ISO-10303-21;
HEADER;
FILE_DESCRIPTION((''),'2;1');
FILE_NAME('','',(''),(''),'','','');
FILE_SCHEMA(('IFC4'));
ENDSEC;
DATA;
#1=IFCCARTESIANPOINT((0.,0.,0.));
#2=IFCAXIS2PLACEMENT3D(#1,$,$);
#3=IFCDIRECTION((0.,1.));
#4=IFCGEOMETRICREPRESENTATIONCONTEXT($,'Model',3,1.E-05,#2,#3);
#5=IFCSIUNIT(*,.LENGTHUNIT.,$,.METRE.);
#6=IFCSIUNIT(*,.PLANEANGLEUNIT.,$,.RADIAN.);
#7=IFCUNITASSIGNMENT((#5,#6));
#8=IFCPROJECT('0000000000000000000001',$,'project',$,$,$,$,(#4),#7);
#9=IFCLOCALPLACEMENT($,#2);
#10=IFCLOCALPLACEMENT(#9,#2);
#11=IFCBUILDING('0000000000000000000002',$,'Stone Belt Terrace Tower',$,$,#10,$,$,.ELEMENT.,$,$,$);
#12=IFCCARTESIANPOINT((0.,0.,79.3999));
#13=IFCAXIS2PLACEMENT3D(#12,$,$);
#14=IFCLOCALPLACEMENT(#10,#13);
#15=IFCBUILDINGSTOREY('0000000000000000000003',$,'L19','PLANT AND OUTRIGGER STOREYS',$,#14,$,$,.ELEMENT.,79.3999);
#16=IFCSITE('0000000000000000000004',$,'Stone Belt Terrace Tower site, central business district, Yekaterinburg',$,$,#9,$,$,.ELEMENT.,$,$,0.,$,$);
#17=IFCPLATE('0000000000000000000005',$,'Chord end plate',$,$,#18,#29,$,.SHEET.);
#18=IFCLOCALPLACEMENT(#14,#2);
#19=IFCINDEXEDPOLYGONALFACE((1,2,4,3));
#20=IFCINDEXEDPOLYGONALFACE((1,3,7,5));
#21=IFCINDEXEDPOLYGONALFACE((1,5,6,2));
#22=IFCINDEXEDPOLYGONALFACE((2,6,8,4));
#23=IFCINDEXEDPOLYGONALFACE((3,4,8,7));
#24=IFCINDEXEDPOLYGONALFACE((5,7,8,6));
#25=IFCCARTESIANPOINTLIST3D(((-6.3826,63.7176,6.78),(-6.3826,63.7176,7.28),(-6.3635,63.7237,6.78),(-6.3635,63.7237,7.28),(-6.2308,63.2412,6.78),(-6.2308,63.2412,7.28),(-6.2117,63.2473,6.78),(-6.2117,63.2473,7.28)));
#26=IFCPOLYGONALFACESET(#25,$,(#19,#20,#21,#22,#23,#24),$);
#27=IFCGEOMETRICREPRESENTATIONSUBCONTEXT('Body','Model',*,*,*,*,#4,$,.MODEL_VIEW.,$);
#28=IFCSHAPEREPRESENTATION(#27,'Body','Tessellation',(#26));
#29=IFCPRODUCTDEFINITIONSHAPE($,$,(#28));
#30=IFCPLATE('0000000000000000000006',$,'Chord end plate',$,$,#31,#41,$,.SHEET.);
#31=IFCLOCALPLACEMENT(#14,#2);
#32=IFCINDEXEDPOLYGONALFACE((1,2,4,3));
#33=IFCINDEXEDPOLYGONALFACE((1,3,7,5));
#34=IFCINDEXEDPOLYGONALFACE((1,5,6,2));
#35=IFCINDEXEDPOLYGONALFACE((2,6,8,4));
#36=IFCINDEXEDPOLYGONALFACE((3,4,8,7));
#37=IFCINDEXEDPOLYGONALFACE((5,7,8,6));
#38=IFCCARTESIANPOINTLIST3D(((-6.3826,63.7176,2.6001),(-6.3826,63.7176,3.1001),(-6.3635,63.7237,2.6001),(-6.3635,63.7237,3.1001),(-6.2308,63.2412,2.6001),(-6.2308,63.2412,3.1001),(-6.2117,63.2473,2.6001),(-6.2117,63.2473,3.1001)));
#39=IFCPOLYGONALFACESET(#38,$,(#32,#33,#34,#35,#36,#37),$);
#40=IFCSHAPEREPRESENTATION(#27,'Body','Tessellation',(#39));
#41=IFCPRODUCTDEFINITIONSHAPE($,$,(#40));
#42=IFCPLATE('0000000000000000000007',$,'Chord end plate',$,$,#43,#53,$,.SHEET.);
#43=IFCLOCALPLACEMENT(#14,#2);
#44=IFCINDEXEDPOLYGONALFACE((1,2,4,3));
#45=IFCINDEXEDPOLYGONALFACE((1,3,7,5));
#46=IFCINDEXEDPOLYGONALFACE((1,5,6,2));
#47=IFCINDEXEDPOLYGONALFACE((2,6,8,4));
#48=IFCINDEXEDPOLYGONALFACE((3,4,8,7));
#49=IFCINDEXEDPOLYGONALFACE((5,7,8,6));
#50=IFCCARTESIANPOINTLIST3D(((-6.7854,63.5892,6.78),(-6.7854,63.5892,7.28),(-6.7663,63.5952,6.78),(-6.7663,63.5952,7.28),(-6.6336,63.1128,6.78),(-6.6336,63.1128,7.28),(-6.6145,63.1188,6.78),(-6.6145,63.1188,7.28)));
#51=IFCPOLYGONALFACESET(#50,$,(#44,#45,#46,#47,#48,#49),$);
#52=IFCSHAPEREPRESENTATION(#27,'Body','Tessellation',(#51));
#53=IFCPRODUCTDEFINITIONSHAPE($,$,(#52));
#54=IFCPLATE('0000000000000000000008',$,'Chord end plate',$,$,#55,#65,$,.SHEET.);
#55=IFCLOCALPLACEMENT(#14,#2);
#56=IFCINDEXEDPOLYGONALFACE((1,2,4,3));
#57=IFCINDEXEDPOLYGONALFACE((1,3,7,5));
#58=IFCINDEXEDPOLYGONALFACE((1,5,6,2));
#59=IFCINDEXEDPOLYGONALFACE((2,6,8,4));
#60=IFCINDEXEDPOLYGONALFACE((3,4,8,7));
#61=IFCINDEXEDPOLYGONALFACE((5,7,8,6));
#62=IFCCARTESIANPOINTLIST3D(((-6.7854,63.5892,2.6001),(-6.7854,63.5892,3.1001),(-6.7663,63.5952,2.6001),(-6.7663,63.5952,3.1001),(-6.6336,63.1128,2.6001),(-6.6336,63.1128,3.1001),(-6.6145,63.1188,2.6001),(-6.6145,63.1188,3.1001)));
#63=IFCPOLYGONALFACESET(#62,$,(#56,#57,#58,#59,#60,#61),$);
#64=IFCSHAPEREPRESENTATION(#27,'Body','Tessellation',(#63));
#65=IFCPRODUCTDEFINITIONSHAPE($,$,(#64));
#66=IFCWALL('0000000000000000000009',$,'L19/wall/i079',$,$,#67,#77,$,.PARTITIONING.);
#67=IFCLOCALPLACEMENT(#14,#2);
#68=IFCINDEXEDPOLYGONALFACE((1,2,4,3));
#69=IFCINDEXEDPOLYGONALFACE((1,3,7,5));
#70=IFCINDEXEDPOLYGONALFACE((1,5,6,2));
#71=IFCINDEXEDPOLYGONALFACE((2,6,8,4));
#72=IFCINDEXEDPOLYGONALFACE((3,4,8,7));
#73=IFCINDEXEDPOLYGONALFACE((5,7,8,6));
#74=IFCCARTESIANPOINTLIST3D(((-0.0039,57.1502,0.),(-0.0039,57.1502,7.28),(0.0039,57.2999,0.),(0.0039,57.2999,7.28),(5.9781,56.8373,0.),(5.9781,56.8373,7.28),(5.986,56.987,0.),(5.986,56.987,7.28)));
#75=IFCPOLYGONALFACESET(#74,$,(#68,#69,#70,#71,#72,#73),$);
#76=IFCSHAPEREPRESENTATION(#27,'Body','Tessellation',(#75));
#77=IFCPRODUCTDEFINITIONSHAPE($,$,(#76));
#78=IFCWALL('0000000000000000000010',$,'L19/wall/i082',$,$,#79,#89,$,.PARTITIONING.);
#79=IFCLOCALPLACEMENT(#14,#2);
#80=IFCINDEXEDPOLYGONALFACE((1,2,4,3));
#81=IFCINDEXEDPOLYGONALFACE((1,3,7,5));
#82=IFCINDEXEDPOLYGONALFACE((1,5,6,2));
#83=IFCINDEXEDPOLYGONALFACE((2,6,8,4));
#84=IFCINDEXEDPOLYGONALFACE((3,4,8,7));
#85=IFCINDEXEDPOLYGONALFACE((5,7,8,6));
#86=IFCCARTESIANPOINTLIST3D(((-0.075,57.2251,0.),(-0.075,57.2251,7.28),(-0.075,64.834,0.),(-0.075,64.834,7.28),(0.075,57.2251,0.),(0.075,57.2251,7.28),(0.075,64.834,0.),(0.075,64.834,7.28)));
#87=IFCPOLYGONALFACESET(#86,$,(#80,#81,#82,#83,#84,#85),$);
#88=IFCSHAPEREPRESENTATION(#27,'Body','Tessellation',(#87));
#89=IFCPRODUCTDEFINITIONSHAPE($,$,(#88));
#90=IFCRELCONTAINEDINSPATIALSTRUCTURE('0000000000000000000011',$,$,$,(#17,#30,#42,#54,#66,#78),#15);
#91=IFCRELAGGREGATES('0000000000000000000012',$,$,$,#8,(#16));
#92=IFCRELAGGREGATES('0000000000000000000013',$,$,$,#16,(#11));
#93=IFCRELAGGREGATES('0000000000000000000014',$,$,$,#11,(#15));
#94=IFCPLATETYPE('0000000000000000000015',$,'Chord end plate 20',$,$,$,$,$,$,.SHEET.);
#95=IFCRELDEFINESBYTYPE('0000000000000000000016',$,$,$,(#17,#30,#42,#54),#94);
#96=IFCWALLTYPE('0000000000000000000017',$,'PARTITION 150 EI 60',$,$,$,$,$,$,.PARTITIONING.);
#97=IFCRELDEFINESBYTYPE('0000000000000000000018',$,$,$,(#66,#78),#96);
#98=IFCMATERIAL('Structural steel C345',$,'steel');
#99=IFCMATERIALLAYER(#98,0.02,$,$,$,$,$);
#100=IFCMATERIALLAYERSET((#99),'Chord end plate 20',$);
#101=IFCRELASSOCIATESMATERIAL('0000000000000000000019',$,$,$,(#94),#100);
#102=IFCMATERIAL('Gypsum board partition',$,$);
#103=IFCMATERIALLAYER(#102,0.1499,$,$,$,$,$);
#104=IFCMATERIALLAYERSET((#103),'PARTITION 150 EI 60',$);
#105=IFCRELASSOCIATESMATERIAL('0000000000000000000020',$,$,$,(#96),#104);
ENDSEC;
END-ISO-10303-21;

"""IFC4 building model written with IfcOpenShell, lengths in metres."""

from ifc_helpers import new_model, si_unit, direction, frame, frame_2d, origin, origin_2d, place, context, subcontext, project, spatial, rectangle, extrude, material, layer, layer_set, type_object, element, save


model = new_model("IFC4")

# Units and contexts
model_context = context("Model", 3, precision=1e-05, world=origin(), true_north=direction((0.0, 1.0)))
body_context = subcontext(model_context, "Body", "Model", "MODEL_VIEW")
ifc_project = project(units=[si_unit("LENGTHUNIT", "METRE"), si_unit("PLANEANGLEUNIT", "RADIAN")], contexts=[model_context])

# Site, building, storey
site_placement = place(None, origin())
site = spatial("IfcSite", under=ifc_project, at=site_placement, Name="Stone Belt Terrace Tower site, central business district, Yekaterinburg", CompositionType="ELEMENT", RefElevation=0.0)
building_placement = place(site_placement, origin())
building = spatial("IfcBuilding", under=site, at=building_placement, Name="Stone Belt Terrace Tower", CompositionType="ELEMENT")
storey_placement = place(building_placement, frame((0.0, 0.0, 79.3999)))
storey = spatial("IfcBuildingStorey", under=building, at=storey_placement, Name="L19", Description="PLANT AND OUTRIGGER STOREYS", CompositionType="ELEMENT", Elevation=79.3999)

# Shared definitions
ifc_material_1 = material(Name="Structural steel C345", Category="steel")

# Plates
ifc_layer_1 = layer(ifc_material_1, 0.02)
ifc_layer_set_1 = layer_set([ifc_layer_1], Name="Chord end plate 20")
plate_type_1 = type_object("IfcPlateType", Name="Chord end plate 20", PredefinedType="SHEET", material=ifc_layer_set_1)
for number, where, z_axis, x_axis, name in (
    (1, (-6.2971, 63.4824, 6.78), (0.0, 0.0, 1.0), (-0.952799, -0.303602, 0.0), "Chord end plate"),
    (2, (-6.2971, 63.4824, 2.6001), (0.0, 0.0, 1.0), (-0.952799, -0.303602, 0.0), "Chord end plate"),
    (3, (-6.7, 63.354, 6.78), (0.0, 0.0, 1.0), (0.952799, 0.303602, 0.0), "Chord end plate"),
    (4, (-6.7, 63.354, 2.6001), (0.0, 0.0, 1.0), (0.952799, 0.303602, 0.0), "Chord end plate"),
):
    element("IfcPlate", number, at=place(storey_placement, frame(where, z_axis=z_axis, x_axis=x_axis)), inside=storey, type_object=plate_type_1, Name=name, PredefinedType="SHEET", context=body_context, shape_type="SweptSolid", body=[
        extrude(rectangle(XDim=0.02, YDim=0.5, at=origin_2d()), origin(), (0.0, 0.0, 1.0), 0.5),
    ])

# Walls
ifc_material_2 = material(Name="Gypsum board partition")
ifc_layer_2 = layer(ifc_material_2, 0.1499)
ifc_layer_set_2 = layer_set([ifc_layer_2], Name="PARTITION 150 EI 60")
wall_type = type_object("IfcWallType", Name="PARTITION 150 EI 60", PredefinedType="PARTITIONING", material=ifc_layer_set_2)
wall_1_placement = place(storey_placement, frame((0.0, 57.2251, 0.0), z_axis=(0.0, 0.0, 1.0), x_axis=(0.998634, -0.052251, 0.0)))
element("IfcWall", 5, at=wall_1_placement, inside=storey, type_object=wall_type, Name="L19/wall/i079", PredefinedType="PARTITIONING", context=body_context, shape_type="SweptSolid", body=[
    extrude(rectangle(XDim=5.9902, YDim=0.1499, at=frame_2d((2.9951, 0.0))), origin(), (0.0, 0.0, 1.0), 7.28),
])
wall_2_placement = place(storey_placement, frame((0.0, 64.834, 0.0), z_axis=(0.0, 0.0, 1.0), x_axis=(0.0, -1.0, 0.0)))
element("IfcWall", 6, at=wall_2_placement, inside=storey, type_object=wall_type, Name="L19/wall/i082", PredefinedType="PARTITIONING", context=body_context, shape_type="SweptSolid", body=[
    extrude(rectangle(XDim=7.6089, YDim=0.1499, at=frame_2d((3.8044, 0.0))), origin(), (0.0, 0.0, 1.0), 7.28),
])

save(model, "model.ifc")
